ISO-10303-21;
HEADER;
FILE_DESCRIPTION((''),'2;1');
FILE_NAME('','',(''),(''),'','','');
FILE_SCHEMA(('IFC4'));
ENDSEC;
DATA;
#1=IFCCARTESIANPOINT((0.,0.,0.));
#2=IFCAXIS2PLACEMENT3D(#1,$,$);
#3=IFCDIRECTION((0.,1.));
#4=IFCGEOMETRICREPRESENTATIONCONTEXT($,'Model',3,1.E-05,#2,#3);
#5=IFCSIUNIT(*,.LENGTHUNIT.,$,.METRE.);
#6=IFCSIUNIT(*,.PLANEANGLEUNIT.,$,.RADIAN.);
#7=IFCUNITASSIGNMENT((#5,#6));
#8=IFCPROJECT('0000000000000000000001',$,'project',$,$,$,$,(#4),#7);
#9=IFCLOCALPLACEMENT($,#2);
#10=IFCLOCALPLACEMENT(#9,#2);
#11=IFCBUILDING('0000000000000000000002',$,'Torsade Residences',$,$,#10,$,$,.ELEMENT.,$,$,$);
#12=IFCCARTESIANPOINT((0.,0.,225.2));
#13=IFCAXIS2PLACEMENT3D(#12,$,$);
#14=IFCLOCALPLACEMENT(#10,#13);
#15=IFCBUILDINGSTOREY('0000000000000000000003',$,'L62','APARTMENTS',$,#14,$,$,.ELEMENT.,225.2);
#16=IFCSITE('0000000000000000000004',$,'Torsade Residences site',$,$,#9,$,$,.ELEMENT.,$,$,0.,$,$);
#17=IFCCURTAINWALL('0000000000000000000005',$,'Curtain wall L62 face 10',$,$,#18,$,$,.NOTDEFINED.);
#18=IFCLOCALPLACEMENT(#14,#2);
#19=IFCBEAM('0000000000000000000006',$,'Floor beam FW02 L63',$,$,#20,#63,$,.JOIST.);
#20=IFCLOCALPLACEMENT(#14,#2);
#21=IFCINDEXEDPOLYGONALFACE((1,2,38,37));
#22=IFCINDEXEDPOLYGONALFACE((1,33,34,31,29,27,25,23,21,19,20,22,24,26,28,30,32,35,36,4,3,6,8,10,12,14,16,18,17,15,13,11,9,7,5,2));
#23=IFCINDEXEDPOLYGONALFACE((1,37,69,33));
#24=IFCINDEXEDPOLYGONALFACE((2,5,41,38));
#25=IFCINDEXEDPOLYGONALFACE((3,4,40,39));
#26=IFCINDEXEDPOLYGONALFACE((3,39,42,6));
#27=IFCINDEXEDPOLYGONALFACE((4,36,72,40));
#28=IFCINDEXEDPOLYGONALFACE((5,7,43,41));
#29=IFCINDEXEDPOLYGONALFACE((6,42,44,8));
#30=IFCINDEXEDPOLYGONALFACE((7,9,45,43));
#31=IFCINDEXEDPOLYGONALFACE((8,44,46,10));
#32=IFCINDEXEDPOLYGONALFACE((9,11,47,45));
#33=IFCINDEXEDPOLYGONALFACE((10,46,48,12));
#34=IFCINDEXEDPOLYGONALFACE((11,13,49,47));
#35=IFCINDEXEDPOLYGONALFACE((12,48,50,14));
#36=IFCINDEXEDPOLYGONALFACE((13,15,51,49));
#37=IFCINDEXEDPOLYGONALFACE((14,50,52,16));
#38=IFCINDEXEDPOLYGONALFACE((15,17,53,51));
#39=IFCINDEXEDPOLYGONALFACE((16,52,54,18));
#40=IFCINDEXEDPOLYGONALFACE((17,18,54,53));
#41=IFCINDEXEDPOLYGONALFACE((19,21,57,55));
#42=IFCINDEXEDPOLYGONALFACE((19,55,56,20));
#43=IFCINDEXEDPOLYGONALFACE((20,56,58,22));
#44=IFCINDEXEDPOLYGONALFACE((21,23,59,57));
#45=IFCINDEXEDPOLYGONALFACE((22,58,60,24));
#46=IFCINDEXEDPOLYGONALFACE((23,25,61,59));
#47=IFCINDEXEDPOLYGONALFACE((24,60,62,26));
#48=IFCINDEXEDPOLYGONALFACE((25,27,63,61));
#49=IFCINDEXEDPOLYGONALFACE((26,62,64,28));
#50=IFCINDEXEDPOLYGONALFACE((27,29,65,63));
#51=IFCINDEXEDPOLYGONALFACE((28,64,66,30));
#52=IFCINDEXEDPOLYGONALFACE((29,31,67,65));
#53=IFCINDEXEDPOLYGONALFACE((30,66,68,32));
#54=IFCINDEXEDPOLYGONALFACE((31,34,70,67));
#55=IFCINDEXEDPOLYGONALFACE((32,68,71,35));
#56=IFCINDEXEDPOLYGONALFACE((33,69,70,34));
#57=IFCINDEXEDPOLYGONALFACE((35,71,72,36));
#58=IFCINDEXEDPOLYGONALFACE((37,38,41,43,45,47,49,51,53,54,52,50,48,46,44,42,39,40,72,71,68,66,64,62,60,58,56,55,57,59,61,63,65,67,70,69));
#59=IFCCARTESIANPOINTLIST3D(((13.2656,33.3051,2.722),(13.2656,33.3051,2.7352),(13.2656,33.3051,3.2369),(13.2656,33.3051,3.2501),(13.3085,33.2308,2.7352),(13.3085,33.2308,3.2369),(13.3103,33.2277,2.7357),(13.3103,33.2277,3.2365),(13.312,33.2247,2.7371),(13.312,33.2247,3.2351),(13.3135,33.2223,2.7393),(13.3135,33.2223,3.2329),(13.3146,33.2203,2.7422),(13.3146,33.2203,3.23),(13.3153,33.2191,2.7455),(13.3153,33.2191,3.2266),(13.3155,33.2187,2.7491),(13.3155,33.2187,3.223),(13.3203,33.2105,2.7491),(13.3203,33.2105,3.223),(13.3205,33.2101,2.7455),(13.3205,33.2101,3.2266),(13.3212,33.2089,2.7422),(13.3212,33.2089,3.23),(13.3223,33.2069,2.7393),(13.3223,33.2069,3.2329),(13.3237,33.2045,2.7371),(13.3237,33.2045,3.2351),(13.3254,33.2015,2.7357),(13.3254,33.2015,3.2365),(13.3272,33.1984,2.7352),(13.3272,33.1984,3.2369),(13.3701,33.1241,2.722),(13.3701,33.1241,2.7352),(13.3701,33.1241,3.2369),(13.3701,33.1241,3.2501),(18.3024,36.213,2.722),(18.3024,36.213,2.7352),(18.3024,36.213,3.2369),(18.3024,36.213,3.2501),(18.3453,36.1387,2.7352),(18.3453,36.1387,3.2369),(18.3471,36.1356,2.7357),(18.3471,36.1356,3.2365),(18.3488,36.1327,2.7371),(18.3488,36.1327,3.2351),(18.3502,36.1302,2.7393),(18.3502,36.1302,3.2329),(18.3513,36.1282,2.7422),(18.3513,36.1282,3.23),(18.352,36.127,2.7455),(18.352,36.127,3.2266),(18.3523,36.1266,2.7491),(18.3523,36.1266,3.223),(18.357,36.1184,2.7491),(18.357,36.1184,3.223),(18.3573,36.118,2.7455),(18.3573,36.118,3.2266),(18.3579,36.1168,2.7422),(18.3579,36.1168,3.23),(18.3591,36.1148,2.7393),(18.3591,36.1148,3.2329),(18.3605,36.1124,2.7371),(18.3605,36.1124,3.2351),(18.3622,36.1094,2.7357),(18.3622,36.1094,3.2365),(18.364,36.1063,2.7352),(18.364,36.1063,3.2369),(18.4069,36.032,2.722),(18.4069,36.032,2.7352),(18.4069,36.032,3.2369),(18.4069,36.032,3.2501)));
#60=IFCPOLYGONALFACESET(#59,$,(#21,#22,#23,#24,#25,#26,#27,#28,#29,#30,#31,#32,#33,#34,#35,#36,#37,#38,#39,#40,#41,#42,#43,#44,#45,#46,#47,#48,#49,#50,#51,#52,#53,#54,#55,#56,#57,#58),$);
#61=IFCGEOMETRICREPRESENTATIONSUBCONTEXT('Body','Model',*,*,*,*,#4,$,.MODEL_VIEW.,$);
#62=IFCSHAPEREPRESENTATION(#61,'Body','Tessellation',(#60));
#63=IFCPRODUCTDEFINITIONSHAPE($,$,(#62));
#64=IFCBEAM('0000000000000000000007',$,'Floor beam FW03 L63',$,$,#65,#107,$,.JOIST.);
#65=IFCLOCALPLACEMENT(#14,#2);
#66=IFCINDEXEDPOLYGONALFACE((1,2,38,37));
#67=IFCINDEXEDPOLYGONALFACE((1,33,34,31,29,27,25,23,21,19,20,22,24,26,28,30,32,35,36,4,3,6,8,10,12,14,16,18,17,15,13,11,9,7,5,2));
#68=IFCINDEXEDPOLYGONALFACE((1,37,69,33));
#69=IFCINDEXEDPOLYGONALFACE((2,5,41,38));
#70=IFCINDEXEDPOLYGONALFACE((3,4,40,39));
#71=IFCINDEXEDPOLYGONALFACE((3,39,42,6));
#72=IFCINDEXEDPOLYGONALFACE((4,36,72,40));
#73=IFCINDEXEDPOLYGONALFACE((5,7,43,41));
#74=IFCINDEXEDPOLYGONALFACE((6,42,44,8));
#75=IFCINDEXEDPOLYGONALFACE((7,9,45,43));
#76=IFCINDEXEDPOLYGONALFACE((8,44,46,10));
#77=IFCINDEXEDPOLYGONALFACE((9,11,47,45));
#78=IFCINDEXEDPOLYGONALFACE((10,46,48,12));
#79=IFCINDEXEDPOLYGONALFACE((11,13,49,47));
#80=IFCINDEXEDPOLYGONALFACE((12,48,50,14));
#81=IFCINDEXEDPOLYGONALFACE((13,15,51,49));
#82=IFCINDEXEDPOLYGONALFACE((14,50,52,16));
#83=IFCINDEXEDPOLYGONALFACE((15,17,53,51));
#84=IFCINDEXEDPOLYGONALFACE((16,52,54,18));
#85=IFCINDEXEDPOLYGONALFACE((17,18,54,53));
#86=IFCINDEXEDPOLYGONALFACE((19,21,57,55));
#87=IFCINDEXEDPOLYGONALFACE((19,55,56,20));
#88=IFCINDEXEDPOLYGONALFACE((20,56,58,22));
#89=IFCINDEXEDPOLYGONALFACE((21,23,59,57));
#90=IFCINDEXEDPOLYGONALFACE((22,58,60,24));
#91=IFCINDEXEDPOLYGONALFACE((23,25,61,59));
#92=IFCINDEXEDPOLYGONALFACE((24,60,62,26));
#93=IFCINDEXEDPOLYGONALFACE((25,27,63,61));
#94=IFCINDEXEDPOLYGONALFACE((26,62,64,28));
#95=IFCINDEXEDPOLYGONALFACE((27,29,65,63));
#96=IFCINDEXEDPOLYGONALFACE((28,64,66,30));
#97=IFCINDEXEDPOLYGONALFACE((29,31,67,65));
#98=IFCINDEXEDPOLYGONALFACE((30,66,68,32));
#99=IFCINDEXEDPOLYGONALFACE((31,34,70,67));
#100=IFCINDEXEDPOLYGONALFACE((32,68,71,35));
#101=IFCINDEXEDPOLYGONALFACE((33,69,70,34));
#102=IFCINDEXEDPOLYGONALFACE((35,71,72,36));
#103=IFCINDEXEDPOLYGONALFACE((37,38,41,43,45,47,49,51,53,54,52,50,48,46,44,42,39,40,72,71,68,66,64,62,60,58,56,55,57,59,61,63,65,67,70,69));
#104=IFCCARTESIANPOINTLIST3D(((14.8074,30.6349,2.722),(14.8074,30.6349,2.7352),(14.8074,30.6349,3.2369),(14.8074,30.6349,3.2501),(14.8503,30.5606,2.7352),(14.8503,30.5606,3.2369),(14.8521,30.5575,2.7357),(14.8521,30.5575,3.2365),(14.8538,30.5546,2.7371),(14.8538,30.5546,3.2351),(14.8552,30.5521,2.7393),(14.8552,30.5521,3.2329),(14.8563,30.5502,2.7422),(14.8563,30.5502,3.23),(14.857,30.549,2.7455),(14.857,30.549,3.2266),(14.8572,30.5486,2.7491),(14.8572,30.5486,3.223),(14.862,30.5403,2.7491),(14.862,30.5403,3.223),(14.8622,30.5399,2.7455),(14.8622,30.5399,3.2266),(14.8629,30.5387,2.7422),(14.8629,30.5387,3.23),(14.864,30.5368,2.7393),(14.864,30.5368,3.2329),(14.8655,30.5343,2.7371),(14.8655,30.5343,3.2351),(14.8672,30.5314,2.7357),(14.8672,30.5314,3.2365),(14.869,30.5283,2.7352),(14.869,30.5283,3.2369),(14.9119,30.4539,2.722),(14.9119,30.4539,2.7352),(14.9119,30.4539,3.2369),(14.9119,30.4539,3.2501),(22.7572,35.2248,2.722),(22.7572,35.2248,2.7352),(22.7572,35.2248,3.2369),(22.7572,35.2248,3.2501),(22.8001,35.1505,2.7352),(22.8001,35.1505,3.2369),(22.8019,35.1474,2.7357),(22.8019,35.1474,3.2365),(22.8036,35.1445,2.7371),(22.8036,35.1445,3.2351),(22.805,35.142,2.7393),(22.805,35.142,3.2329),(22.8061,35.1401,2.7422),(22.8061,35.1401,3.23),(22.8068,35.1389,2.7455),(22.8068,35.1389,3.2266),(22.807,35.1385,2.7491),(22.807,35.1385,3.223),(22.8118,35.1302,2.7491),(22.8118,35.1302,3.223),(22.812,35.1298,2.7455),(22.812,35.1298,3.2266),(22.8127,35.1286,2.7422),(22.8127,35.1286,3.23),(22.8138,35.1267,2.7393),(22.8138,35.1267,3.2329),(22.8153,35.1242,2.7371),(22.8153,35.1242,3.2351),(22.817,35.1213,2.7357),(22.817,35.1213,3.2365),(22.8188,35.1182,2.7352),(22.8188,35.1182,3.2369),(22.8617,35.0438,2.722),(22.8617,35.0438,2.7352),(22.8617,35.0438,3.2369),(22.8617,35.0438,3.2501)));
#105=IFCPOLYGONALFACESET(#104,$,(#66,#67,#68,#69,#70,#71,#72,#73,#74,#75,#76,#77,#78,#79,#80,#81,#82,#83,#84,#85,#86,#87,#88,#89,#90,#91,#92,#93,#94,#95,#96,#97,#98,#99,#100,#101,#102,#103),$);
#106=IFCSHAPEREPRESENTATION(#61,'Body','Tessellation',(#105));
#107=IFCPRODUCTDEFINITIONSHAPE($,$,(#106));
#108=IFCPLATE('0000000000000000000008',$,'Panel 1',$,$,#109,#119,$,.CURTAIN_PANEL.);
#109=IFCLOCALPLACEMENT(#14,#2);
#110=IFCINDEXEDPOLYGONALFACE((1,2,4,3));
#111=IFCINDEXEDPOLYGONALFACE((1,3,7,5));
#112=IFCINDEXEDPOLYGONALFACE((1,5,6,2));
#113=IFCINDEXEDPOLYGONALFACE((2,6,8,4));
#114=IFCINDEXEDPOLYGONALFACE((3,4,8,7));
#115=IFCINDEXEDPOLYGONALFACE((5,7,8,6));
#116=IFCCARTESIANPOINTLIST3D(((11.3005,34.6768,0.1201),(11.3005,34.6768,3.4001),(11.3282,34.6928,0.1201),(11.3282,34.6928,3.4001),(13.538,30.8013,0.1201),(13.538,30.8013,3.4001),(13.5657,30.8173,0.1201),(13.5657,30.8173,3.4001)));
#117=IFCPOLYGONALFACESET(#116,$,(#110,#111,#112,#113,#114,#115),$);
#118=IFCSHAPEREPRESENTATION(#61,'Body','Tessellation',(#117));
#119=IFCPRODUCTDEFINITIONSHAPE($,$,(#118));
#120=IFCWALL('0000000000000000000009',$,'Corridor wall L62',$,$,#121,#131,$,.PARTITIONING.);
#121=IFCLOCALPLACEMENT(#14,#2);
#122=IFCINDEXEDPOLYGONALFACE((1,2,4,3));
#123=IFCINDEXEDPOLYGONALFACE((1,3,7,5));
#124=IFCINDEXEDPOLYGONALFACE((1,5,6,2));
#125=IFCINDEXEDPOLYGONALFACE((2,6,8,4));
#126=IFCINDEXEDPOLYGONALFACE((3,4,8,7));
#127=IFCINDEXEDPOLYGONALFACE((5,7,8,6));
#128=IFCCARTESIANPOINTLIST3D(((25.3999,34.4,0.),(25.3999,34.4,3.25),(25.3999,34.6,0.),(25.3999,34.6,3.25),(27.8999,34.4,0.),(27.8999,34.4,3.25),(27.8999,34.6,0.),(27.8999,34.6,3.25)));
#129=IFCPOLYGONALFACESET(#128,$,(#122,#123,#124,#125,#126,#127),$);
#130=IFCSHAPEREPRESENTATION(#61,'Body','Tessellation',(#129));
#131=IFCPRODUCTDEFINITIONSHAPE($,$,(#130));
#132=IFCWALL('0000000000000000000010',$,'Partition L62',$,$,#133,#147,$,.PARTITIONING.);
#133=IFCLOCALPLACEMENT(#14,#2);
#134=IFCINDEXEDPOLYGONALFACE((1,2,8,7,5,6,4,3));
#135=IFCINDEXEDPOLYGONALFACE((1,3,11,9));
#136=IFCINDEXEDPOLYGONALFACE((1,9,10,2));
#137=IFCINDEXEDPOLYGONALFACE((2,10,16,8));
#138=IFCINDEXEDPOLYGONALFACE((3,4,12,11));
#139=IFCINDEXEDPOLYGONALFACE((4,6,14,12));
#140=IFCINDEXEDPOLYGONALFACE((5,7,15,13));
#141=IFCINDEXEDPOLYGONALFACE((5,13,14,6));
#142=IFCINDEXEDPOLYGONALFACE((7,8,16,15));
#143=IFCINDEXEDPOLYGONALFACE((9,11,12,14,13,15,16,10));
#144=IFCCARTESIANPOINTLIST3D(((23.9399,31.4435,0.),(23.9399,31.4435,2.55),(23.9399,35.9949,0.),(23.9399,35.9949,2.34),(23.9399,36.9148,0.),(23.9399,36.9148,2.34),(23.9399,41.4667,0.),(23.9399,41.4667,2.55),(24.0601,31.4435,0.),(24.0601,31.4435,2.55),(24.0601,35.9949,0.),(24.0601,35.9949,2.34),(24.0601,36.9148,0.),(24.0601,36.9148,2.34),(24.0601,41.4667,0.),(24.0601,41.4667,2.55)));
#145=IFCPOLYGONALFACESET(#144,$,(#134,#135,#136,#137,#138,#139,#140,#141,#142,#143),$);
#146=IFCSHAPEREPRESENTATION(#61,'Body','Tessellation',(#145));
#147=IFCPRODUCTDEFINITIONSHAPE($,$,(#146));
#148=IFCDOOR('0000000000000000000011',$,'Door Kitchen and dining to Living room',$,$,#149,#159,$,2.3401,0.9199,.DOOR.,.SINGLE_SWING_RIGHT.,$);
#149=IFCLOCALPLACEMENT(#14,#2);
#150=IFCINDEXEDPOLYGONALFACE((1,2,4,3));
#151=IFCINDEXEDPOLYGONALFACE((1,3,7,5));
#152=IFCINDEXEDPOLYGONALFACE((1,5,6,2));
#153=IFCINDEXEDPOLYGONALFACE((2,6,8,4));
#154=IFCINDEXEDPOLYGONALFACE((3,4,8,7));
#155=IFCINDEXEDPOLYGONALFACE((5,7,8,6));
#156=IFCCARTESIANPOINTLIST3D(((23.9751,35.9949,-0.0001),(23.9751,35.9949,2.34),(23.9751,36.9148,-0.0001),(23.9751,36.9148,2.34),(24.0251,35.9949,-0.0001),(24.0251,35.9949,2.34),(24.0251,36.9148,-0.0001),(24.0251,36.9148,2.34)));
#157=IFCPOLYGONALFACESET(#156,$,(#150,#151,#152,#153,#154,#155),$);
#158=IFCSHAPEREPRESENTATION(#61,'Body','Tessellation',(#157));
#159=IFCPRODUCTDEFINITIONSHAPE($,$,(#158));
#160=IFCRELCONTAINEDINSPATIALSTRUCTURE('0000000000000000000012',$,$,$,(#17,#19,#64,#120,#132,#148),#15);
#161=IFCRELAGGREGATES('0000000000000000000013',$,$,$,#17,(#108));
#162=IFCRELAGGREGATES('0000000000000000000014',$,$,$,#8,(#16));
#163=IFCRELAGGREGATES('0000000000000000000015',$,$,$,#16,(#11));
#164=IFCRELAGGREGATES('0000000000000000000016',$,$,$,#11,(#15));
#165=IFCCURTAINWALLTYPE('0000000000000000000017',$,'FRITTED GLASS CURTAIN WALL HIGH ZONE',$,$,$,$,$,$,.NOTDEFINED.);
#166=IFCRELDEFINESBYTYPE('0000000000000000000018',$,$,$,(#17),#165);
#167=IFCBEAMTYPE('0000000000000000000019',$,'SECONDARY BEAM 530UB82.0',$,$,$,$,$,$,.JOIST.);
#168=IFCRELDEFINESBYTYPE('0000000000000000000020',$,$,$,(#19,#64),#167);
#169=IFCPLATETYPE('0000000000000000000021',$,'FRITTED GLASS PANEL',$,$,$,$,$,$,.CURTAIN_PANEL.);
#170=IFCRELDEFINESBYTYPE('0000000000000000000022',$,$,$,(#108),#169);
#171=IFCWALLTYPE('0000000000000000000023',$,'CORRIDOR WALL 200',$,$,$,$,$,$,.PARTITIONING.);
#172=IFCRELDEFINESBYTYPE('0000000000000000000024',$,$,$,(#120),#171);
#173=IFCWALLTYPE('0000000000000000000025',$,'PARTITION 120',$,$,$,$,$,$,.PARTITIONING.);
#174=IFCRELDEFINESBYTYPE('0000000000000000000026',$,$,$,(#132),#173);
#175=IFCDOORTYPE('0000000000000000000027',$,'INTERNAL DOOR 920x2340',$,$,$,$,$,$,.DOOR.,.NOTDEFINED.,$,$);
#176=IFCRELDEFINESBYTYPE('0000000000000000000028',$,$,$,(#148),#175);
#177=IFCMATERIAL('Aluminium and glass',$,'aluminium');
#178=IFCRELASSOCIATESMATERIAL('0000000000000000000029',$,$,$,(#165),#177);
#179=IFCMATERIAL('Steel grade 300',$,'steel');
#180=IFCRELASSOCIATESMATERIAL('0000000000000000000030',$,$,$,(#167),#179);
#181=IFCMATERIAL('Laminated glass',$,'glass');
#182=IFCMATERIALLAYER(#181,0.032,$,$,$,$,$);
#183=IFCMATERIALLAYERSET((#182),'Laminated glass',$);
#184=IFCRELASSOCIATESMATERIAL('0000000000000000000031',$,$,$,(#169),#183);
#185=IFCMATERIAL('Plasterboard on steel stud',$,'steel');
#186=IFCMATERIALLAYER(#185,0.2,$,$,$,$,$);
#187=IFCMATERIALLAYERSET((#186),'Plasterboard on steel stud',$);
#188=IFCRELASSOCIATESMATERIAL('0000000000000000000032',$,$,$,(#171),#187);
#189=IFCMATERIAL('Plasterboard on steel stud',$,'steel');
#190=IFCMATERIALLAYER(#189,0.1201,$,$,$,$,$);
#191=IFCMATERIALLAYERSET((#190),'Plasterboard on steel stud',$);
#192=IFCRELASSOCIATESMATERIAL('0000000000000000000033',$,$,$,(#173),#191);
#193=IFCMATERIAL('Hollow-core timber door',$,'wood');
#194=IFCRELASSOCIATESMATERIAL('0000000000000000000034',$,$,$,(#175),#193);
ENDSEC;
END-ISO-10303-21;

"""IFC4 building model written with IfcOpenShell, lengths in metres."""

from ifc_helpers import new_model, si_unit, direction, frame, frame_2d, origin, origin_2d, place, context, subcontext, project, spatial, rectangle, i_section, extrude, material, layer, layer_set, material_profile, profile_set, type_object, element, fill, aggregate, save


model = new_model("IFC4")

# Units and contexts
model_context = context("Model", 3, precision=1e-05, world=origin(), true_north=direction((0.0, 1.0)))
body_context = subcontext(model_context, "Body", "Model", "MODEL_VIEW")
ifc_project = project(units=[si_unit("LENGTHUNIT", "METRE"), si_unit("PLANEANGLEUNIT", "RADIAN")], contexts=[model_context])

# Site, building, storey
site_placement = place(None, origin())
site = spatial("IfcSite", under=ifc_project, at=site_placement, Name="Torsade Residences site", CompositionType="ELEMENT", RefElevation=0.0)
building_placement = place(site_placement, origin())
building = spatial("IfcBuilding", under=site, at=building_placement, Name="Torsade Residences", CompositionType="ELEMENT")
storey_placement = place(building_placement, frame((0.0, 0.0, 225.2)))
storey = spatial("IfcBuildingStorey", under=building, at=storey_placement, Name="L62", Description="APARTMENTS", CompositionType="ELEMENT", Elevation=225.2)

# Curtain wall
ifc_material_1 = material(Name="Aluminium and glass", Category="aluminium")
curtain_wall_type = type_object("IfcCurtainWallType", Name="FRITTED GLASS CURTAIN WALL HIGH ZONE", PredefinedType="NOTDEFINED", material=ifc_material_1)
curtain_wall_placement = place(storey_placement, origin())
curtain_wall = element("IfcCurtainWall", 1, at=curtain_wall_placement, inside=storey, type_object=curtain_wall_type, Name="Curtain wall L62 face 10", PredefinedType="NOTDEFINED")

# Beams
ifc_material_2 = material(Name="Steel grade 300", Category="steel")
ifc_material_profile_1 = material_profile(ifc_material_2, i_section(OverallWidth=0.209, OverallDepth=0.5281, WebThickness=0.0095, FlangeThickness=0.0132, FilletRadius=0.0139, at=origin_2d()), Name="530UB82.0")
ifc_profile_set_1 = profile_set([ifc_material_profile_1], Name="Steel grade 300")
beam_type_1 = type_object("IfcBeamType", Name="SECONDARY BEAM 530UB82.0", PredefinedType="JOIST", material=ifc_profile_set_1)
beam_1_placement = place(storey_placement, frame((13.3179, 33.2146, 2.9861), z_axis=(0.866031, 0.49999, 0.0), x_axis=(-0.49999, 0.866031, 0.0)))
element("IfcBeam", 2, at=beam_1_placement, inside=storey, type_object=beam_type_1, Name="Floor beam FW02 L63", PredefinedType="JOIST", context=body_context, shape_type="SweptSolid", body=[
    extrude(i_section(OverallWidth=0.209, OverallDepth=0.5281, WebThickness=0.0095, FlangeThickness=0.0132, FilletRadius=0.0139, at=origin_2d()), origin(), (0.0, 0.0, 1.0), 5.8159),
])
beam_2_placement = place(storey_placement, frame((14.8596, 30.5444, 2.9861), z_axis=(0.866022, 0.500006, 0.0), x_axis=(-0.500006, 0.866022, 0.0)))
element("IfcBeam", 3, at=beam_2_placement, inside=storey, type_object=beam_type_1, Name="Floor beam FW03 L63", PredefinedType="JOIST", context=body_context, shape_type="SweptSolid", body=[
    extrude(i_section(OverallWidth=0.209, OverallDepth=0.5281, WebThickness=0.0095, FlangeThickness=0.0132, FilletRadius=0.0139, at=origin_2d()), origin(), (0.0, 0.0, 1.0), 9.1797),
])

# Plate
ifc_material_3 = material(Name="Laminated glass", Category="glass")
ifc_layer_1 = layer(ifc_material_3, 0.032)
ifc_layer_set_1 = layer_set([ifc_layer_1], Name="Laminated glass")
plate_type = type_object("IfcPlateType", Name="FRITTED GLASS PANEL", PredefinedType="CURTAIN_PANEL", material=ifc_layer_set_1)
plate_placement = place(storey_placement, frame((12.4331, 32.7471, 0.1201), z_axis=(0.0, 0.0, 1.0), x_axis=(0.5, -0.866025, 0.0)))
plate = element("IfcPlate", 4, at=plate_placement, type_object=plate_type, Name="Panel 1", PredefinedType="CURTAIN_PANEL", context=body_context, shape_type="SweptSolid", body=[
    extrude(rectangle(XDim=4.4751, YDim=0.032, at=origin_2d()), origin(), (0.0, 0.0, 1.0), 3.28),
])
aggregate(curtain_wall, [plate])

# Wall
ifc_material_4 = material(Name="Plasterboard on steel stud", Category="steel")
ifc_layer_2 = layer(ifc_material_4, 0.2)
ifc_layer_set_2 = layer_set([ifc_layer_2], Name="Plasterboard on steel stud")
wall_type_1 = type_object("IfcWallType", Name="CORRIDOR WALL 200", PredefinedType="PARTITIONING", material=ifc_layer_set_2)
wall_1_placement = place(storey_placement, frame((27.8999, 34.5, 0.0), z_axis=(0.0, 0.0, 1.0), x_axis=(-1.0, 0.0, 0.0)))
element("IfcWall", 5, at=wall_1_placement, inside=storey, type_object=wall_type_1, Name="Corridor wall L62", PredefinedType="PARTITIONING", context=body_context, shape_type="SweptSolid", body=[
    extrude(rectangle(XDim=2.5, YDim=0.2, at=frame_2d((1.25, 0.0))), origin(), (0.0, 0.0, 1.0), 3.25),
])

# Wall, opening, door
ifc_material_5 = material(Name="Plasterboard on steel stud", Category="steel")
ifc_layer_3 = layer(ifc_material_5, 0.1201)
ifc_layer_set_3 = layer_set([ifc_layer_3], Name="Plasterboard on steel stud")
wall_type_2 = type_object("IfcWallType", Name="PARTITION 120", PredefinedType="PARTITIONING", material=ifc_layer_set_3)
wall_2_placement = place(storey_placement, frame((24.0, 31.4434, 0.0), z_axis=(0.0, 0.0, 1.0), x_axis=(0.0, 1.0, 0.0)))
wall_2 = element("IfcWall", 6, at=wall_2_placement, inside=storey, type_object=wall_type_2, Name="Partition L62", PredefinedType="PARTITIONING", context=body_context, shape_type="SweptSolid", body=[
    extrude(rectangle(XDim=10.0232, YDim=0.1201, at=frame_2d((5.0117, 0.0))), origin(), (0.0, 0.0, 1.0), 2.55),
])
opening_1_placement = place(wall_2_placement, frame((4.5515, 0.0, 0.0)))
opening_1 = element("IfcOpeningElement", 7, at=opening_1_placement, cuts=wall_2, PredefinedType="OPENING", context=body_context, shape_type="SweptSolid", body=[
    extrude(rectangle(XDim=0.9199, YDim=2.3401, at=frame_2d((0.46, 1.1699))), frame((0.0, 0.0701, 0.0), z_axis=(0.0, -1.0, 0.0), x_axis=(1.0, 0.0, 0.0)), (0.0, 0.0, 1.0), 0.1401),
])
ifc_material_6 = material(Name="Hollow-core timber door", Category="wood")
door_type = type_object("IfcDoorType", Name="INTERNAL DOOR 920x2340", OperationType="NOTDEFINED", PredefinedType="DOOR", material=ifc_material_6)
door_1_placement = place(opening_1_placement, origin())
door_1 = element("IfcDoor", 8, at=door_1_placement, inside=storey, type_object=door_type, Name="Door Kitchen and dining to Living room", OperationType="SINGLE_SWING_RIGHT", OverallHeight=2.3401, OverallWidth=0.9199, PredefinedType="DOOR", context=body_context, shape_type="SweptSolid", body=[
    extrude(rectangle(XDim=0.9199, YDim=2.3401, at=frame_2d((0.46, 1.1699))), frame((0.0, 0.0249, 0.0), z_axis=(0.0, -1.0, 0.0), x_axis=(1.0, 0.0, 0.0)), (0.0, 0.0, 1.0), 0.05),
])
fill(opening_1, door_1)

save(model, "model.ifc")
